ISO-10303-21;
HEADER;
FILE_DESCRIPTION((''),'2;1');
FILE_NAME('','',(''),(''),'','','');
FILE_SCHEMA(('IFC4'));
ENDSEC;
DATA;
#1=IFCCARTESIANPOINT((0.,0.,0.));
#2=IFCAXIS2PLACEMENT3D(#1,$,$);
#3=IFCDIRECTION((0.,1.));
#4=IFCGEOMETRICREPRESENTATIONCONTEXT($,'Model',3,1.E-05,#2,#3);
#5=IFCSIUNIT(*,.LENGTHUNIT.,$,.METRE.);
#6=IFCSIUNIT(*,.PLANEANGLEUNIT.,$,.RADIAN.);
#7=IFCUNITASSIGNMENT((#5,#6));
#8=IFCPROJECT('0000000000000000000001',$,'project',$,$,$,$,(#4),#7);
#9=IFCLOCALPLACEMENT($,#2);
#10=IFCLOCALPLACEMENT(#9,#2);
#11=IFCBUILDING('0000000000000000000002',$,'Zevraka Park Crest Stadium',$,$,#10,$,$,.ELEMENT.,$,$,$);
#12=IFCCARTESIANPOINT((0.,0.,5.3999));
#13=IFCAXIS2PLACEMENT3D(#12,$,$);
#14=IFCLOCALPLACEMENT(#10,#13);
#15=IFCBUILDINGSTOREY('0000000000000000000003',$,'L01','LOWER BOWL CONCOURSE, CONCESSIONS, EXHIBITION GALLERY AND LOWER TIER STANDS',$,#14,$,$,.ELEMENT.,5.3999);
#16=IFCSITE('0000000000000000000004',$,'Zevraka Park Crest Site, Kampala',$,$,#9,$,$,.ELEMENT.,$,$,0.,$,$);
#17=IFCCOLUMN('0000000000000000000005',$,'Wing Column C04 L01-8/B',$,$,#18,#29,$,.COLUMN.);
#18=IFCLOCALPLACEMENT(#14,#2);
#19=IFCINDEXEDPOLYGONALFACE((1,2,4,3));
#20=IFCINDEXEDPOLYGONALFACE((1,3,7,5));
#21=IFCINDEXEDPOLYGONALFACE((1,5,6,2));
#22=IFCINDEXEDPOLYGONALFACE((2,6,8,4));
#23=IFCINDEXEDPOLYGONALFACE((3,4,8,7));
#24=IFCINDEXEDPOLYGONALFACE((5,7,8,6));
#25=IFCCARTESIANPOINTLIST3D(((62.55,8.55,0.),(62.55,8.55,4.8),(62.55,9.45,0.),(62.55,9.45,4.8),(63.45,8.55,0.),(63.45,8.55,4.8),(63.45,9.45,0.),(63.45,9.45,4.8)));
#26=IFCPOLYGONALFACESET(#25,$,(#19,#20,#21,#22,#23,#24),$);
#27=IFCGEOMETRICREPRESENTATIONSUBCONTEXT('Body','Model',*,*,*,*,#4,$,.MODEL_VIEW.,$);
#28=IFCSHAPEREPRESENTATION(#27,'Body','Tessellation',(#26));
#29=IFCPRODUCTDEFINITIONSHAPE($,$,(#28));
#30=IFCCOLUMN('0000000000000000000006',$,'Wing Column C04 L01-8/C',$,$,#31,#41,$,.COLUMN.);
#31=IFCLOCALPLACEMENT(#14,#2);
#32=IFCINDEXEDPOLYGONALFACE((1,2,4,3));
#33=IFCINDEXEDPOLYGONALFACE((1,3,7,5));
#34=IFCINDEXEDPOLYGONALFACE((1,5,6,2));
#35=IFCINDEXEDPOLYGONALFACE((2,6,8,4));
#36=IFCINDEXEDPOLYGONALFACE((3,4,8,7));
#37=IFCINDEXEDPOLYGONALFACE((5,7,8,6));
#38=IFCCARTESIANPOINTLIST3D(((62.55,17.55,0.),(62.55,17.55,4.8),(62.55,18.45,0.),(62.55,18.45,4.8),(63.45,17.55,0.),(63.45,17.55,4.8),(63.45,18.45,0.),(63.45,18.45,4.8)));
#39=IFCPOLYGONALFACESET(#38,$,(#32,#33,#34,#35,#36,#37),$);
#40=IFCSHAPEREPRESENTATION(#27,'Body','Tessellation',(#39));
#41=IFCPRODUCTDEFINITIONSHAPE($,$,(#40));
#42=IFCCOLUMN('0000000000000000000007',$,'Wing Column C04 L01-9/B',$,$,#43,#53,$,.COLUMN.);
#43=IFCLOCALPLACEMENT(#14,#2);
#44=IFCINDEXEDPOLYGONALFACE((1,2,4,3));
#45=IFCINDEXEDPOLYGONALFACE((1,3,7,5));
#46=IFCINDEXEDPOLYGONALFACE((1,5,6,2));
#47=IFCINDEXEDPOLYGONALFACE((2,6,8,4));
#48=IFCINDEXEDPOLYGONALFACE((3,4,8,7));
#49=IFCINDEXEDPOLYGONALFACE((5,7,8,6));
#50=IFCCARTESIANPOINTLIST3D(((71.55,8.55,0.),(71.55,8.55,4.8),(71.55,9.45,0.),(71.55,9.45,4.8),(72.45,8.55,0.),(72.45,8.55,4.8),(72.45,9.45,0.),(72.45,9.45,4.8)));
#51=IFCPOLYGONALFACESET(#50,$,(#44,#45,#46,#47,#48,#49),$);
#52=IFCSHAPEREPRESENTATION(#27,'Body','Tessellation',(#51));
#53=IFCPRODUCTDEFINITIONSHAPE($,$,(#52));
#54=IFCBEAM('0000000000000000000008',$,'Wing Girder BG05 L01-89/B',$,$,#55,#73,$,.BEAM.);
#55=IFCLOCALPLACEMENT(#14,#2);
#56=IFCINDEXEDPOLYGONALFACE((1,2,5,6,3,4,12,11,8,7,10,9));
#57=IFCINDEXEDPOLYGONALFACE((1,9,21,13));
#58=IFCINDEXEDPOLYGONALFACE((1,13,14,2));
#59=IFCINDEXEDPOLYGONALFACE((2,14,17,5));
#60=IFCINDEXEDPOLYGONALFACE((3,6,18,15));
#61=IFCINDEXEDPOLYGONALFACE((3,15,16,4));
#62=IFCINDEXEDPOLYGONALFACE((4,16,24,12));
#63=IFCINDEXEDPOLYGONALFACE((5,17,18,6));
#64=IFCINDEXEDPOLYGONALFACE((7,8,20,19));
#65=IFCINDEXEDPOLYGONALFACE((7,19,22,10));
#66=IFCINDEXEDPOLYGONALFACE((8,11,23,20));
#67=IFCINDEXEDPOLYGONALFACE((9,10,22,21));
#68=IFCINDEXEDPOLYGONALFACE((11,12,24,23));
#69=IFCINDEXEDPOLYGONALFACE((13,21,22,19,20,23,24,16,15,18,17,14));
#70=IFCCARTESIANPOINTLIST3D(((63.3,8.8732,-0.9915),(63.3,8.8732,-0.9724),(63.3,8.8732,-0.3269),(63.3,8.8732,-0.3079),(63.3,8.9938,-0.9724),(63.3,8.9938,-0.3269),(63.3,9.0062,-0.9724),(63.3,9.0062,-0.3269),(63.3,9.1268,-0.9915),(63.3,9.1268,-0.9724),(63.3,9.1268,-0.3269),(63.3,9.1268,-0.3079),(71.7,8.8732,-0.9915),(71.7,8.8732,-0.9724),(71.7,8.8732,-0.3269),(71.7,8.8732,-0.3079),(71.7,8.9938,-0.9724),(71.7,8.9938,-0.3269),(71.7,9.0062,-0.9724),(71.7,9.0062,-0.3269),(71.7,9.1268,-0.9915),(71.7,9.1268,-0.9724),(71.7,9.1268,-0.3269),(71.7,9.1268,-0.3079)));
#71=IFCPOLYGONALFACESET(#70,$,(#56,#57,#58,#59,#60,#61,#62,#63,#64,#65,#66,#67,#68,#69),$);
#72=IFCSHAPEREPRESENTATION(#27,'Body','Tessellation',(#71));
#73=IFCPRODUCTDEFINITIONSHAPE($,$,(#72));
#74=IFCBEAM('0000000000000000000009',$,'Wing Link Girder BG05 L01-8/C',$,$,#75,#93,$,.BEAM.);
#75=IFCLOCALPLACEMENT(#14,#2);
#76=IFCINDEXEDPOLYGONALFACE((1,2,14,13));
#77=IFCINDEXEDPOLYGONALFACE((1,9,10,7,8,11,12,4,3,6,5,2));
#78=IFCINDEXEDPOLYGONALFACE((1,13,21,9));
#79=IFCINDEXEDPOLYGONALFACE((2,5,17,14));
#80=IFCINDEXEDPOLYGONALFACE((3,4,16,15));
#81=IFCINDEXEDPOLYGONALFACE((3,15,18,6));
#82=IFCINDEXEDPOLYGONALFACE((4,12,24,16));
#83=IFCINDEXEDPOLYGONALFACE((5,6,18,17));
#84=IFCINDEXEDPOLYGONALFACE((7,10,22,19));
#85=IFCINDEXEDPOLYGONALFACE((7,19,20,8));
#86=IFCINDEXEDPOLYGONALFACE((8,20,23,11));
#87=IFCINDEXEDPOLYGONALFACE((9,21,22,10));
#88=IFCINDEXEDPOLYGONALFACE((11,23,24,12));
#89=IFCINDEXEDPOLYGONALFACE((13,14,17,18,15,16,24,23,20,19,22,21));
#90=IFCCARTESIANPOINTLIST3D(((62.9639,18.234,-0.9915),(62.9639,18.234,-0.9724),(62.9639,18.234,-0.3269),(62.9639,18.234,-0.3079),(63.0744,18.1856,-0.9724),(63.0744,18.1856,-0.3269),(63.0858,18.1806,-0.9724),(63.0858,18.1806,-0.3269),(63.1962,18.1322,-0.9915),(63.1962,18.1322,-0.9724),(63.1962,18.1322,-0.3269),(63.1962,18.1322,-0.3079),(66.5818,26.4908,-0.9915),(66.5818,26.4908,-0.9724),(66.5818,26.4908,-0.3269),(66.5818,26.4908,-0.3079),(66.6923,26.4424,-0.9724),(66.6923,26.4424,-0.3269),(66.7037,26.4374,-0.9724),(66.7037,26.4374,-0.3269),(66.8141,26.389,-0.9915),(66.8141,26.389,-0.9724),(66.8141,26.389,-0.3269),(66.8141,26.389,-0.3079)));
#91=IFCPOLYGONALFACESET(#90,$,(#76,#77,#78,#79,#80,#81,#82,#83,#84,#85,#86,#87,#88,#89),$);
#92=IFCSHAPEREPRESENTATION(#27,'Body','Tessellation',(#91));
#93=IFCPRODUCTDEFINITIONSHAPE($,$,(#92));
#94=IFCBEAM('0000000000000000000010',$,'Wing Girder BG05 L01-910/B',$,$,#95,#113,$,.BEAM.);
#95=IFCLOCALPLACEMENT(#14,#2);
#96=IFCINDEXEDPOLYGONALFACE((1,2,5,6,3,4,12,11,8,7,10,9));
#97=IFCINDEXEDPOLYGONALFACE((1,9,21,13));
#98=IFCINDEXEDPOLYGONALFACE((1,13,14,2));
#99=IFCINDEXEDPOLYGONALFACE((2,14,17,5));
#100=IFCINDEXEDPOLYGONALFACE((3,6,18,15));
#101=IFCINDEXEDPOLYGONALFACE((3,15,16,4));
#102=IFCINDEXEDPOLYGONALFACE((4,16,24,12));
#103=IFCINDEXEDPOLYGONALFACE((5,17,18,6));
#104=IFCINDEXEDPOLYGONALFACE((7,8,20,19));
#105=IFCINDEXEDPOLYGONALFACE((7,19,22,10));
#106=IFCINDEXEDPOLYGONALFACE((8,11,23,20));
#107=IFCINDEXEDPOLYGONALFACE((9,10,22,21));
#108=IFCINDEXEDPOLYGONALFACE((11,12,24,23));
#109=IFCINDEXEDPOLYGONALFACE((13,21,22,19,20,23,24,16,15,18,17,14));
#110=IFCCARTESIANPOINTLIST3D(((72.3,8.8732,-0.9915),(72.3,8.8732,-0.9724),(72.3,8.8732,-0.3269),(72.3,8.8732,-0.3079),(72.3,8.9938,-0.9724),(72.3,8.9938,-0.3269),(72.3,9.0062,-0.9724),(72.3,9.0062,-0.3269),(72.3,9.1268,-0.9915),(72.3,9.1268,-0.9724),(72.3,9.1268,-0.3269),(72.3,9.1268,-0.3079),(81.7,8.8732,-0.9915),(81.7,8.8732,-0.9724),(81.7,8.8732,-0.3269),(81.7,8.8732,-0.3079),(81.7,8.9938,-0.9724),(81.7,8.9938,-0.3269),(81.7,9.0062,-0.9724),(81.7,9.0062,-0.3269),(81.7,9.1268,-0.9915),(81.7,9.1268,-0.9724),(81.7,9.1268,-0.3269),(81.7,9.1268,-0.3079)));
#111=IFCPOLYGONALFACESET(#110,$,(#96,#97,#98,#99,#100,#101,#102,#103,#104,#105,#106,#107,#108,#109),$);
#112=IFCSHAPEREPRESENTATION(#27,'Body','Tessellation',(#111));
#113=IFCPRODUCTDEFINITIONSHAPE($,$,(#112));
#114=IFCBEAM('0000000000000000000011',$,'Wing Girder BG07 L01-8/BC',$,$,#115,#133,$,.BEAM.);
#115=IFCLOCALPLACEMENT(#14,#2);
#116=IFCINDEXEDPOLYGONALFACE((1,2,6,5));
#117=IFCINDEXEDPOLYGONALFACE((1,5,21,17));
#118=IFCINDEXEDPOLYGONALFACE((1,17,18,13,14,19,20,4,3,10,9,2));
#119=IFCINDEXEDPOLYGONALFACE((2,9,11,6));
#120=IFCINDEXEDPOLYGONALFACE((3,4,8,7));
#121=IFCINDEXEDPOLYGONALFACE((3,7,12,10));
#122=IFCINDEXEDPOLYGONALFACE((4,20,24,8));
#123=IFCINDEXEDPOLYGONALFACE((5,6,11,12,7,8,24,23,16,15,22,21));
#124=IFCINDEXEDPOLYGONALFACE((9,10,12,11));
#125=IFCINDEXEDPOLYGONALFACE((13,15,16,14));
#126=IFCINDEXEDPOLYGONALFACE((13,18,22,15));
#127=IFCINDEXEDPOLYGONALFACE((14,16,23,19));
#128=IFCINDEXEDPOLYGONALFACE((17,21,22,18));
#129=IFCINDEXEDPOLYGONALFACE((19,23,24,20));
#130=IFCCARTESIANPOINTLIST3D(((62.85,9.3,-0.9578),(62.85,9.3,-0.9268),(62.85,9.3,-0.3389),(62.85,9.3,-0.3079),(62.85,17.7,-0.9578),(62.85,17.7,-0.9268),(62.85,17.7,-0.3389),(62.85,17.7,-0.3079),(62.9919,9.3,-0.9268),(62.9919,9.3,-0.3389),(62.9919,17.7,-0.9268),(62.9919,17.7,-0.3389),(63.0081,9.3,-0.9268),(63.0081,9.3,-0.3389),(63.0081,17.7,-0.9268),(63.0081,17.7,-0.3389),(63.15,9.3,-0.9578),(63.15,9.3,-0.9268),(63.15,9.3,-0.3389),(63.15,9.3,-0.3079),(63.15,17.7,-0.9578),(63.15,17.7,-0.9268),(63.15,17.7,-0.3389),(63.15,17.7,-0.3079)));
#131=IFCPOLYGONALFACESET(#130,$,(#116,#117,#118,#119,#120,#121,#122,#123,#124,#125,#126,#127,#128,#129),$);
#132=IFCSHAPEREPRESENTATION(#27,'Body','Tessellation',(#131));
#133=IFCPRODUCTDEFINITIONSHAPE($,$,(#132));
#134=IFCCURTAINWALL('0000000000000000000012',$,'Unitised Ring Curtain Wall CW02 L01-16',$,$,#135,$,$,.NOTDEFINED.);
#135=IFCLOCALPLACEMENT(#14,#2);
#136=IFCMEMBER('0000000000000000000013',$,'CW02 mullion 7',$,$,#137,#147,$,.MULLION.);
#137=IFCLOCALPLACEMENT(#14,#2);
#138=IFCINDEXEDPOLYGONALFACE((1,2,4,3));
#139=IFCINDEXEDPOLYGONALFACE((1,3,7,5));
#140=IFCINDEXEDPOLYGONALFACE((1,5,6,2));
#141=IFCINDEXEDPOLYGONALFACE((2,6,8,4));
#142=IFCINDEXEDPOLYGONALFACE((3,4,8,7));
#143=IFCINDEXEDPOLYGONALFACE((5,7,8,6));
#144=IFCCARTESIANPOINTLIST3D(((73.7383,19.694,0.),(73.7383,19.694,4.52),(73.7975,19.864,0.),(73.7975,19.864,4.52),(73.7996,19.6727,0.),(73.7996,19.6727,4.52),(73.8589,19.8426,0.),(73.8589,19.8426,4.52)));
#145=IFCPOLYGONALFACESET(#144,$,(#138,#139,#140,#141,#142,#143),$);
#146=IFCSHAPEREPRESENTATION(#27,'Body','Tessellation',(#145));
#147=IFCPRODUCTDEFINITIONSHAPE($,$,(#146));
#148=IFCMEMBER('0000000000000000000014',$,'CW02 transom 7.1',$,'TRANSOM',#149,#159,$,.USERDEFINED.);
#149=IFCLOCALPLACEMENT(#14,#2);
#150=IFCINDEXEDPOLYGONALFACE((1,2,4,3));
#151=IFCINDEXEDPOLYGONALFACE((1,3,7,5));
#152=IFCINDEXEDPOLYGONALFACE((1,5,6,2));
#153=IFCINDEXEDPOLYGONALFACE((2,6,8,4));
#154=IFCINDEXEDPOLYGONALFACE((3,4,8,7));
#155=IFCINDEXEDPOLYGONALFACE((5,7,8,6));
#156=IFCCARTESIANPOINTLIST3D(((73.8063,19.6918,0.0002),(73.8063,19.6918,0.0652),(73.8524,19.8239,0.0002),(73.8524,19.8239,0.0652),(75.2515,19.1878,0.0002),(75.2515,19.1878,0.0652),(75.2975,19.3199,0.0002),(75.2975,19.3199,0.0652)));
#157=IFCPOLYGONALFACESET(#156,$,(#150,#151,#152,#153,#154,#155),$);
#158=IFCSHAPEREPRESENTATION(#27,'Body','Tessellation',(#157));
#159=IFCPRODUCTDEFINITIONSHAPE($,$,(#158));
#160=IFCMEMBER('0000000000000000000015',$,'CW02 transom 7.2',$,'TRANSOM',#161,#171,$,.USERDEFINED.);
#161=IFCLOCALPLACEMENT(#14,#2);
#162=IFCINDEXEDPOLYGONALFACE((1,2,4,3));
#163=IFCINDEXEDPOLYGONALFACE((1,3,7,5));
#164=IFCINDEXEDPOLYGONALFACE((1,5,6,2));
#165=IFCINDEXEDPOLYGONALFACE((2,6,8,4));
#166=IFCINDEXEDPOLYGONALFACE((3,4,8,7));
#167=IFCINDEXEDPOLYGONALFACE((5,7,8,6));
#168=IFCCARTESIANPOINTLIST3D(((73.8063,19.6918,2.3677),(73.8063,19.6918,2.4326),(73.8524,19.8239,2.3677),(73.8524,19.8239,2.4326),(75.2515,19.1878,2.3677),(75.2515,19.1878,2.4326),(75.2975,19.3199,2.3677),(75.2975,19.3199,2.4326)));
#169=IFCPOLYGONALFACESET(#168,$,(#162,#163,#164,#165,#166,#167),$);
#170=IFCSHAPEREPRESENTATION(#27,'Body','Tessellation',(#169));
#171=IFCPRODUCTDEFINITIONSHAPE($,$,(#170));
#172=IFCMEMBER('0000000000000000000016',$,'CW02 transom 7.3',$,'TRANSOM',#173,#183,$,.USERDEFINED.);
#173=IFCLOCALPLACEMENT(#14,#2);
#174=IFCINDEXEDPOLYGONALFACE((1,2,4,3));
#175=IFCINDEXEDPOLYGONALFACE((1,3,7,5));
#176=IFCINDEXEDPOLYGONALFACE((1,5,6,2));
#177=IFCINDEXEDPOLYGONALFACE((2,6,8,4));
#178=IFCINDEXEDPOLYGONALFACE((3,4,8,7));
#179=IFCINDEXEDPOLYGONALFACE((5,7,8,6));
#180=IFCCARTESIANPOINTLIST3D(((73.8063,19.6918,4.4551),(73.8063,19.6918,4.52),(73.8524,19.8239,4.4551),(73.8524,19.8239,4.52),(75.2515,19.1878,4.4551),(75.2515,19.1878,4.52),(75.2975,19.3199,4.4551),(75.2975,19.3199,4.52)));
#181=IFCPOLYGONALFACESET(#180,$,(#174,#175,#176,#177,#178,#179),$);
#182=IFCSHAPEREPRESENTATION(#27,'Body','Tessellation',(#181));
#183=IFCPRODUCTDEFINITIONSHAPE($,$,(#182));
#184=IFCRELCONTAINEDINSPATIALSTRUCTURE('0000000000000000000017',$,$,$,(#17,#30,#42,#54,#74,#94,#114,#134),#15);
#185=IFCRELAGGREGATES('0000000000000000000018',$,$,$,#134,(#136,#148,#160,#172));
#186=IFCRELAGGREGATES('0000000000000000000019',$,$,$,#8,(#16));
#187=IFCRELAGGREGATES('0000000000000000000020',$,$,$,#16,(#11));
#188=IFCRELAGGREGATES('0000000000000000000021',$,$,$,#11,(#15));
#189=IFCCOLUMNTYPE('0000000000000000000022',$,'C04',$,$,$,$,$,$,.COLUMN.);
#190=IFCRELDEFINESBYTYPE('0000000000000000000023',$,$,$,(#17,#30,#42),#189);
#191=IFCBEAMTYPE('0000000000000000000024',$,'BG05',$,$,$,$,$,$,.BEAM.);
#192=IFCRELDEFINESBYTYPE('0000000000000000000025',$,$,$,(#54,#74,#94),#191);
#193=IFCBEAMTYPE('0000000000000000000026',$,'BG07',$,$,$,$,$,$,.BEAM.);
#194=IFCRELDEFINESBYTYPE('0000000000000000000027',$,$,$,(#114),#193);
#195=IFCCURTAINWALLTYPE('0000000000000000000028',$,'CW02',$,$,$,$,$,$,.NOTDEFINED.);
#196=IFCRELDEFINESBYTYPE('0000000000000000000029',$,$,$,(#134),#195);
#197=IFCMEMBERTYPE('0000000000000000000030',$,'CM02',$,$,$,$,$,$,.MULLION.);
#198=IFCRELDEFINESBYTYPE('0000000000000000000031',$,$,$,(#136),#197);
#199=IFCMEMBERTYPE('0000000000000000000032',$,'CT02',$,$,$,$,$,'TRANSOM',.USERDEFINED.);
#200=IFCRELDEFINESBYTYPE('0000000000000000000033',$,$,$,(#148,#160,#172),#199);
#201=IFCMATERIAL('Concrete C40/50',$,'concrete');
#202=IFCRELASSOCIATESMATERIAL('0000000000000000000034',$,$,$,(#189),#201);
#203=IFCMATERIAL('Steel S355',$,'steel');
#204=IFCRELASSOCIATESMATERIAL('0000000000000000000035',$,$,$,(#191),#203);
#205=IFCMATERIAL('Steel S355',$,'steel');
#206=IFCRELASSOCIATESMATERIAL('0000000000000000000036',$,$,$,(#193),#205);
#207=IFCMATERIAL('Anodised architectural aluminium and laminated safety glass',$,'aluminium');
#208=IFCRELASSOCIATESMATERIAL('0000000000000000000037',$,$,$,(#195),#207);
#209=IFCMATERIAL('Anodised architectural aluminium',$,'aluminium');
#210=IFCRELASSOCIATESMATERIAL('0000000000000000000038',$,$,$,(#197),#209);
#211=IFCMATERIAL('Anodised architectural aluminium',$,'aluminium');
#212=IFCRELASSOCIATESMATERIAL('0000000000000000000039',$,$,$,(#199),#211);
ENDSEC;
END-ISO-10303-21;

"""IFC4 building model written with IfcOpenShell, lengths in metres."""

from ifc_helpers import new_model, si_unit, direction, frame, origin, origin_2d, place, context, subcontext, project, spatial, rectangle, i_section, extrude, material, material_profile, profile_set, type_object, element, aggregate, save


model = new_model("IFC4")

# Units and contexts
model_context = context("Model", 3, precision=1e-05, world=origin(), true_north=direction((0.0, 1.0)))
body_context = subcontext(model_context, "Body", "Model", "MODEL_VIEW")
ifc_project = project(units=[si_unit("LENGTHUNIT", "METRE"), si_unit("PLANEANGLEUNIT", "RADIAN")], contexts=[model_context])

# Site, building, storey
site_placement = place(None, origin())
site = spatial("IfcSite", under=ifc_project, at=site_placement, Name="Zevraka Park Crest Site, Kampala", CompositionType="ELEMENT", RefElevation=0.0)
building_placement = place(site_placement, origin())
building = spatial("IfcBuilding", under=site, at=building_placement, Name="Zevraka Park Crest Stadium", CompositionType="ELEMENT")
storey_placement = place(building_placement, frame((0.0, 0.0, 5.3999)))
storey = spatial("IfcBuildingStorey", under=building, at=storey_placement, Name="L01", Description="LOWER BOWL CONCOURSE, CONCESSIONS, EXHIBITION GALLERY AND LOWER TIER STANDS", CompositionType="ELEMENT", Elevation=5.3999)

# Columns
ifc_material_1 = material(Name="Concrete C40/50", Category="concrete")
ifc_material_profile_1 = material_profile(ifc_material_1, rectangle(XDim=0.8999, YDim=0.8999, at=origin_2d()), Name="RC 900x900")
ifc_profile_set_1 = profile_set([ifc_material_profile_1], Name="Concrete C40/50")
column_type = type_object("IfcColumnType", Name="C04", PredefinedType="COLUMN", material=ifc_profile_set_1)
for number, where, z_axis, x_axis, name in (
    (1, (63.0, 9.0, 0.0), (0.0, 0.0, 1.0), (1.0, 0.0, 0.0), "Wing Column C04 L01-8/B"),
    (2, (63.0, 18.0, 0.0), (0.0, 0.0, 1.0), (1.0, 0.0, 0.0), "Wing Column C04 L01-8/C"),
    (3, (72.0, 9.0, 0.0), (0.0, 0.0, 1.0), (1.0, 0.0, 0.0), "Wing Column C04 L01-9/B"),
):
    element("IfcColumn", number, at=place(storey_placement, frame(where, z_axis=z_axis, x_axis=x_axis)), inside=storey, type_object=column_type, Name=name, PredefinedType="COLUMN", context=body_context, shape_type="SweptSolid", body=[
        extrude(rectangle(XDim=0.8999, YDim=0.8999, at=origin_2d()), origin(), (0.0, 0.0, 1.0), 4.8),
    ])

# Beams
ifc_material_2 = material(Name="Steel S355", Category="steel")
ifc_material_profile_2 = material_profile(ifc_material_2, i_section(OverallWidth=0.2537, OverallDepth=0.6836, WebThickness=0.0125, FlangeThickness=0.019, at=origin_2d()), Name="UKB 686x254x140")
ifc_profile_set_2 = profile_set([ifc_material_profile_2], Name="Steel S355")
beam_type_1 = type_object("IfcBeamType", Name="BG05", PredefinedType="BEAM", material=ifc_profile_set_2)
beam_1_placement = place(storey_placement, frame((63.3, 9.0, -0.6497), z_axis=(1.0, 0.0, 0.0), x_axis=(0.0, 1.0, 0.0)))
element("IfcBeam", 4, at=beam_1_placement, inside=storey, type_object=beam_type_1, Name="Wing Girder BG05 L01-89/B", PredefinedType="BEAM", context=body_context, shape_type="SweptSolid", body=[
    extrude(i_section(OverallWidth=0.2537, OverallDepth=0.6836, WebThickness=0.0125, FlangeThickness=0.019, at=origin_2d()), origin(), (0.0, 0.0, 1.0), 8.3999),
])
beam_2_placement = place(storey_placement, frame((63.0801, 18.1831, -0.6497), z_axis=(0.401336, 0.915931, 0.0), x_axis=(-0.915931, 0.401336, 0.0)))
element("IfcBeam", 5, at=beam_2_placement, inside=storey, type_object=beam_type_1, Name="Wing Link Girder BG05 L01-8/C", PredefinedType="BEAM", context=body_context, shape_type="SweptSolid", body=[
    extrude(i_section(OverallWidth=0.2537, OverallDepth=0.6836, WebThickness=0.0125, FlangeThickness=0.019, at=origin_2d()), origin(), (0.0, 0.0, 1.0), 9.0146),
])
beam_3_placement = place(storey_placement, frame((72.3, 9.0, -0.6497), z_axis=(1.0, 0.0, 0.0), x_axis=(0.0, 1.0, 0.0)))
element("IfcBeam", 6, at=beam_3_placement, inside=storey, type_object=beam_type_1, Name="Wing Girder BG05 L01-910/B", PredefinedType="BEAM", context=body_context, shape_type="SweptSolid", body=[
    extrude(i_section(OverallWidth=0.2537, OverallDepth=0.6836, WebThickness=0.0125, FlangeThickness=0.019, at=origin_2d()), origin(), (0.0, 0.0, 1.0), 9.3999),
])
ifc_material_3 = material(Name="Steel S355", Category="steel")
ifc_material_profile_3 = material_profile(ifc_material_3, i_section(OverallWidth=0.3, OverallDepth=0.6499, WebThickness=0.0161, FlangeThickness=0.031, at=origin_2d()), Name="HEB 650")
ifc_profile_set_3 = profile_set([ifc_material_profile_3], Name="Steel S355")
beam_type_2 = type_object("IfcBeamType", Name="BG07", PredefinedType="BEAM", material=ifc_profile_set_3)
beam_4_placement = place(storey_placement, frame((63.0, 9.3, -0.6328), z_axis=(0.0, 1.0, 0.0), x_axis=(-1.0, 0.0, 0.0)))
element("IfcBeam", 7, at=beam_4_placement, inside=storey, type_object=beam_type_2, Name="Wing Girder BG07 L01-8/BC", PredefinedType="BEAM", context=body_context, shape_type="SweptSolid", body=[
    extrude(i_section(OverallWidth=0.3, OverallDepth=0.6499, WebThickness=0.0161, FlangeThickness=0.031, at=origin_2d()), origin(), (0.0, 0.0, 1.0), 8.3999),
])

# Curtain wall, members
ifc_material_4 = material(Name="Anodised architectural aluminium and laminated safety glass", Category="aluminium")
curtain_wall_type = type_object("IfcCurtainWallType", Name="CW02", PredefinedType="NOTDEFINED", material=ifc_material_4)
curtain_wall_placement = place(storey_placement, origin())
curtain_wall = element("IfcCurtainWall", 8, at=curtain_wall_placement, inside=storey, type_object=curtain_wall_type, Name="Unitised Ring Curtain Wall CW02 L01-16", PredefinedType="NOTDEFINED")
ifc_material_5 = material(Name="Anodised architectural aluminium", Category="aluminium")
ifc_material_profile_4 = material_profile(ifc_material_5, rectangle(XDim=0.1799, YDim=0.0649, at=origin_2d()), Name="ALU MULLION 180x65")
ifc_profile_set_4 = profile_set([ifc_material_profile_4], Name="Anodised architectural aluminium")
member_type_1 = type_object("IfcMemberType", Name="CM02", PredefinedType="MULLION", material=ifc_profile_set_4)
member_1_placement = place(storey_placement, frame((73.7986, 19.7683, 0.0), z_axis=(0.0, 0.0, 1.0), x_axis=(0.329209, 0.944257, 0.0)))
member_1 = element("IfcMember", 9, at=member_1_placement, type_object=member_type_1, Name="CW02 mullion 7", PredefinedType="MULLION", context=body_context, shape_type="SweptSolid", body=[
    extrude(rectangle(XDim=0.1799, YDim=0.0649, at=origin_2d()), origin(), (0.0, 0.0, 1.0), 4.52),
])
ifc_material_6 = material(Name="Anodised architectural aluminium", Category="aluminium")
ifc_material_profile_5 = material_profile(ifc_material_6, rectangle(XDim=0.1399, YDim=0.0649, at=origin_2d()), Name="ALU TRANSOM 140x65")
ifc_profile_set_5 = profile_set([ifc_material_profile_5], Name="Anodised architectural aluminium")
member_type_2 = type_object("IfcMemberType", Name="CT02", ElementType="TRANSOM", PredefinedType="USERDEFINED", material=ifc_profile_set_5)
member_2_placement = place(storey_placement, frame((73.8293, 19.7578, 0.0327), z_axis=(0.944238, -0.329263, 0.0), x_axis=(0.329263, 0.944238, 0.0)))
member_2 = element("IfcMember", 10, at=member_2_placement, type_object=member_type_2, Name="CW02 transom 7.1", ObjectType="TRANSOM", PredefinedType="USERDEFINED", context=body_context, shape_type="SweptSolid", body=[
    extrude(rectangle(XDim=0.1399, YDim=0.0649, at=origin_2d()), origin(), (0.0, 0.0, 1.0), 1.5305),
])
member_3_placement = place(storey_placement, frame((73.8293, 19.7578, 2.4001), z_axis=(0.944238, -0.329263, 0.0), x_axis=(0.329263, 0.944238, 0.0)))
member_3 = element("IfcMember", 11, at=member_3_placement, type_object=member_type_2, Name="CW02 transom 7.2", ObjectType="TRANSOM", PredefinedType="USERDEFINED", context=body_context, shape_type="SweptSolid", body=[
    extrude(rectangle(XDim=0.1399, YDim=0.0649, at=origin_2d()), origin(), (0.0, 0.0, 1.0), 1.5305),
])
member_4_placement = place(storey_placement, frame((73.8293, 19.7578, 4.4875), z_axis=(0.944238, -0.329263, 0.0), x_axis=(0.329263, 0.944238, 0.0)))
member_4 = element("IfcMember", 12, at=member_4_placement, type_object=member_type_2, Name="CW02 transom 7.3", ObjectType="TRANSOM", PredefinedType="USERDEFINED", context=body_context, shape_type="SweptSolid", body=[
    extrude(rectangle(XDim=0.1399, YDim=0.0649, at=origin_2d()), origin(), (0.0, 0.0, 1.0), 1.5305),
])

aggregate(curtain_wall, [member_1, member_2, member_3, member_4])

save(model, "model.ifc")
